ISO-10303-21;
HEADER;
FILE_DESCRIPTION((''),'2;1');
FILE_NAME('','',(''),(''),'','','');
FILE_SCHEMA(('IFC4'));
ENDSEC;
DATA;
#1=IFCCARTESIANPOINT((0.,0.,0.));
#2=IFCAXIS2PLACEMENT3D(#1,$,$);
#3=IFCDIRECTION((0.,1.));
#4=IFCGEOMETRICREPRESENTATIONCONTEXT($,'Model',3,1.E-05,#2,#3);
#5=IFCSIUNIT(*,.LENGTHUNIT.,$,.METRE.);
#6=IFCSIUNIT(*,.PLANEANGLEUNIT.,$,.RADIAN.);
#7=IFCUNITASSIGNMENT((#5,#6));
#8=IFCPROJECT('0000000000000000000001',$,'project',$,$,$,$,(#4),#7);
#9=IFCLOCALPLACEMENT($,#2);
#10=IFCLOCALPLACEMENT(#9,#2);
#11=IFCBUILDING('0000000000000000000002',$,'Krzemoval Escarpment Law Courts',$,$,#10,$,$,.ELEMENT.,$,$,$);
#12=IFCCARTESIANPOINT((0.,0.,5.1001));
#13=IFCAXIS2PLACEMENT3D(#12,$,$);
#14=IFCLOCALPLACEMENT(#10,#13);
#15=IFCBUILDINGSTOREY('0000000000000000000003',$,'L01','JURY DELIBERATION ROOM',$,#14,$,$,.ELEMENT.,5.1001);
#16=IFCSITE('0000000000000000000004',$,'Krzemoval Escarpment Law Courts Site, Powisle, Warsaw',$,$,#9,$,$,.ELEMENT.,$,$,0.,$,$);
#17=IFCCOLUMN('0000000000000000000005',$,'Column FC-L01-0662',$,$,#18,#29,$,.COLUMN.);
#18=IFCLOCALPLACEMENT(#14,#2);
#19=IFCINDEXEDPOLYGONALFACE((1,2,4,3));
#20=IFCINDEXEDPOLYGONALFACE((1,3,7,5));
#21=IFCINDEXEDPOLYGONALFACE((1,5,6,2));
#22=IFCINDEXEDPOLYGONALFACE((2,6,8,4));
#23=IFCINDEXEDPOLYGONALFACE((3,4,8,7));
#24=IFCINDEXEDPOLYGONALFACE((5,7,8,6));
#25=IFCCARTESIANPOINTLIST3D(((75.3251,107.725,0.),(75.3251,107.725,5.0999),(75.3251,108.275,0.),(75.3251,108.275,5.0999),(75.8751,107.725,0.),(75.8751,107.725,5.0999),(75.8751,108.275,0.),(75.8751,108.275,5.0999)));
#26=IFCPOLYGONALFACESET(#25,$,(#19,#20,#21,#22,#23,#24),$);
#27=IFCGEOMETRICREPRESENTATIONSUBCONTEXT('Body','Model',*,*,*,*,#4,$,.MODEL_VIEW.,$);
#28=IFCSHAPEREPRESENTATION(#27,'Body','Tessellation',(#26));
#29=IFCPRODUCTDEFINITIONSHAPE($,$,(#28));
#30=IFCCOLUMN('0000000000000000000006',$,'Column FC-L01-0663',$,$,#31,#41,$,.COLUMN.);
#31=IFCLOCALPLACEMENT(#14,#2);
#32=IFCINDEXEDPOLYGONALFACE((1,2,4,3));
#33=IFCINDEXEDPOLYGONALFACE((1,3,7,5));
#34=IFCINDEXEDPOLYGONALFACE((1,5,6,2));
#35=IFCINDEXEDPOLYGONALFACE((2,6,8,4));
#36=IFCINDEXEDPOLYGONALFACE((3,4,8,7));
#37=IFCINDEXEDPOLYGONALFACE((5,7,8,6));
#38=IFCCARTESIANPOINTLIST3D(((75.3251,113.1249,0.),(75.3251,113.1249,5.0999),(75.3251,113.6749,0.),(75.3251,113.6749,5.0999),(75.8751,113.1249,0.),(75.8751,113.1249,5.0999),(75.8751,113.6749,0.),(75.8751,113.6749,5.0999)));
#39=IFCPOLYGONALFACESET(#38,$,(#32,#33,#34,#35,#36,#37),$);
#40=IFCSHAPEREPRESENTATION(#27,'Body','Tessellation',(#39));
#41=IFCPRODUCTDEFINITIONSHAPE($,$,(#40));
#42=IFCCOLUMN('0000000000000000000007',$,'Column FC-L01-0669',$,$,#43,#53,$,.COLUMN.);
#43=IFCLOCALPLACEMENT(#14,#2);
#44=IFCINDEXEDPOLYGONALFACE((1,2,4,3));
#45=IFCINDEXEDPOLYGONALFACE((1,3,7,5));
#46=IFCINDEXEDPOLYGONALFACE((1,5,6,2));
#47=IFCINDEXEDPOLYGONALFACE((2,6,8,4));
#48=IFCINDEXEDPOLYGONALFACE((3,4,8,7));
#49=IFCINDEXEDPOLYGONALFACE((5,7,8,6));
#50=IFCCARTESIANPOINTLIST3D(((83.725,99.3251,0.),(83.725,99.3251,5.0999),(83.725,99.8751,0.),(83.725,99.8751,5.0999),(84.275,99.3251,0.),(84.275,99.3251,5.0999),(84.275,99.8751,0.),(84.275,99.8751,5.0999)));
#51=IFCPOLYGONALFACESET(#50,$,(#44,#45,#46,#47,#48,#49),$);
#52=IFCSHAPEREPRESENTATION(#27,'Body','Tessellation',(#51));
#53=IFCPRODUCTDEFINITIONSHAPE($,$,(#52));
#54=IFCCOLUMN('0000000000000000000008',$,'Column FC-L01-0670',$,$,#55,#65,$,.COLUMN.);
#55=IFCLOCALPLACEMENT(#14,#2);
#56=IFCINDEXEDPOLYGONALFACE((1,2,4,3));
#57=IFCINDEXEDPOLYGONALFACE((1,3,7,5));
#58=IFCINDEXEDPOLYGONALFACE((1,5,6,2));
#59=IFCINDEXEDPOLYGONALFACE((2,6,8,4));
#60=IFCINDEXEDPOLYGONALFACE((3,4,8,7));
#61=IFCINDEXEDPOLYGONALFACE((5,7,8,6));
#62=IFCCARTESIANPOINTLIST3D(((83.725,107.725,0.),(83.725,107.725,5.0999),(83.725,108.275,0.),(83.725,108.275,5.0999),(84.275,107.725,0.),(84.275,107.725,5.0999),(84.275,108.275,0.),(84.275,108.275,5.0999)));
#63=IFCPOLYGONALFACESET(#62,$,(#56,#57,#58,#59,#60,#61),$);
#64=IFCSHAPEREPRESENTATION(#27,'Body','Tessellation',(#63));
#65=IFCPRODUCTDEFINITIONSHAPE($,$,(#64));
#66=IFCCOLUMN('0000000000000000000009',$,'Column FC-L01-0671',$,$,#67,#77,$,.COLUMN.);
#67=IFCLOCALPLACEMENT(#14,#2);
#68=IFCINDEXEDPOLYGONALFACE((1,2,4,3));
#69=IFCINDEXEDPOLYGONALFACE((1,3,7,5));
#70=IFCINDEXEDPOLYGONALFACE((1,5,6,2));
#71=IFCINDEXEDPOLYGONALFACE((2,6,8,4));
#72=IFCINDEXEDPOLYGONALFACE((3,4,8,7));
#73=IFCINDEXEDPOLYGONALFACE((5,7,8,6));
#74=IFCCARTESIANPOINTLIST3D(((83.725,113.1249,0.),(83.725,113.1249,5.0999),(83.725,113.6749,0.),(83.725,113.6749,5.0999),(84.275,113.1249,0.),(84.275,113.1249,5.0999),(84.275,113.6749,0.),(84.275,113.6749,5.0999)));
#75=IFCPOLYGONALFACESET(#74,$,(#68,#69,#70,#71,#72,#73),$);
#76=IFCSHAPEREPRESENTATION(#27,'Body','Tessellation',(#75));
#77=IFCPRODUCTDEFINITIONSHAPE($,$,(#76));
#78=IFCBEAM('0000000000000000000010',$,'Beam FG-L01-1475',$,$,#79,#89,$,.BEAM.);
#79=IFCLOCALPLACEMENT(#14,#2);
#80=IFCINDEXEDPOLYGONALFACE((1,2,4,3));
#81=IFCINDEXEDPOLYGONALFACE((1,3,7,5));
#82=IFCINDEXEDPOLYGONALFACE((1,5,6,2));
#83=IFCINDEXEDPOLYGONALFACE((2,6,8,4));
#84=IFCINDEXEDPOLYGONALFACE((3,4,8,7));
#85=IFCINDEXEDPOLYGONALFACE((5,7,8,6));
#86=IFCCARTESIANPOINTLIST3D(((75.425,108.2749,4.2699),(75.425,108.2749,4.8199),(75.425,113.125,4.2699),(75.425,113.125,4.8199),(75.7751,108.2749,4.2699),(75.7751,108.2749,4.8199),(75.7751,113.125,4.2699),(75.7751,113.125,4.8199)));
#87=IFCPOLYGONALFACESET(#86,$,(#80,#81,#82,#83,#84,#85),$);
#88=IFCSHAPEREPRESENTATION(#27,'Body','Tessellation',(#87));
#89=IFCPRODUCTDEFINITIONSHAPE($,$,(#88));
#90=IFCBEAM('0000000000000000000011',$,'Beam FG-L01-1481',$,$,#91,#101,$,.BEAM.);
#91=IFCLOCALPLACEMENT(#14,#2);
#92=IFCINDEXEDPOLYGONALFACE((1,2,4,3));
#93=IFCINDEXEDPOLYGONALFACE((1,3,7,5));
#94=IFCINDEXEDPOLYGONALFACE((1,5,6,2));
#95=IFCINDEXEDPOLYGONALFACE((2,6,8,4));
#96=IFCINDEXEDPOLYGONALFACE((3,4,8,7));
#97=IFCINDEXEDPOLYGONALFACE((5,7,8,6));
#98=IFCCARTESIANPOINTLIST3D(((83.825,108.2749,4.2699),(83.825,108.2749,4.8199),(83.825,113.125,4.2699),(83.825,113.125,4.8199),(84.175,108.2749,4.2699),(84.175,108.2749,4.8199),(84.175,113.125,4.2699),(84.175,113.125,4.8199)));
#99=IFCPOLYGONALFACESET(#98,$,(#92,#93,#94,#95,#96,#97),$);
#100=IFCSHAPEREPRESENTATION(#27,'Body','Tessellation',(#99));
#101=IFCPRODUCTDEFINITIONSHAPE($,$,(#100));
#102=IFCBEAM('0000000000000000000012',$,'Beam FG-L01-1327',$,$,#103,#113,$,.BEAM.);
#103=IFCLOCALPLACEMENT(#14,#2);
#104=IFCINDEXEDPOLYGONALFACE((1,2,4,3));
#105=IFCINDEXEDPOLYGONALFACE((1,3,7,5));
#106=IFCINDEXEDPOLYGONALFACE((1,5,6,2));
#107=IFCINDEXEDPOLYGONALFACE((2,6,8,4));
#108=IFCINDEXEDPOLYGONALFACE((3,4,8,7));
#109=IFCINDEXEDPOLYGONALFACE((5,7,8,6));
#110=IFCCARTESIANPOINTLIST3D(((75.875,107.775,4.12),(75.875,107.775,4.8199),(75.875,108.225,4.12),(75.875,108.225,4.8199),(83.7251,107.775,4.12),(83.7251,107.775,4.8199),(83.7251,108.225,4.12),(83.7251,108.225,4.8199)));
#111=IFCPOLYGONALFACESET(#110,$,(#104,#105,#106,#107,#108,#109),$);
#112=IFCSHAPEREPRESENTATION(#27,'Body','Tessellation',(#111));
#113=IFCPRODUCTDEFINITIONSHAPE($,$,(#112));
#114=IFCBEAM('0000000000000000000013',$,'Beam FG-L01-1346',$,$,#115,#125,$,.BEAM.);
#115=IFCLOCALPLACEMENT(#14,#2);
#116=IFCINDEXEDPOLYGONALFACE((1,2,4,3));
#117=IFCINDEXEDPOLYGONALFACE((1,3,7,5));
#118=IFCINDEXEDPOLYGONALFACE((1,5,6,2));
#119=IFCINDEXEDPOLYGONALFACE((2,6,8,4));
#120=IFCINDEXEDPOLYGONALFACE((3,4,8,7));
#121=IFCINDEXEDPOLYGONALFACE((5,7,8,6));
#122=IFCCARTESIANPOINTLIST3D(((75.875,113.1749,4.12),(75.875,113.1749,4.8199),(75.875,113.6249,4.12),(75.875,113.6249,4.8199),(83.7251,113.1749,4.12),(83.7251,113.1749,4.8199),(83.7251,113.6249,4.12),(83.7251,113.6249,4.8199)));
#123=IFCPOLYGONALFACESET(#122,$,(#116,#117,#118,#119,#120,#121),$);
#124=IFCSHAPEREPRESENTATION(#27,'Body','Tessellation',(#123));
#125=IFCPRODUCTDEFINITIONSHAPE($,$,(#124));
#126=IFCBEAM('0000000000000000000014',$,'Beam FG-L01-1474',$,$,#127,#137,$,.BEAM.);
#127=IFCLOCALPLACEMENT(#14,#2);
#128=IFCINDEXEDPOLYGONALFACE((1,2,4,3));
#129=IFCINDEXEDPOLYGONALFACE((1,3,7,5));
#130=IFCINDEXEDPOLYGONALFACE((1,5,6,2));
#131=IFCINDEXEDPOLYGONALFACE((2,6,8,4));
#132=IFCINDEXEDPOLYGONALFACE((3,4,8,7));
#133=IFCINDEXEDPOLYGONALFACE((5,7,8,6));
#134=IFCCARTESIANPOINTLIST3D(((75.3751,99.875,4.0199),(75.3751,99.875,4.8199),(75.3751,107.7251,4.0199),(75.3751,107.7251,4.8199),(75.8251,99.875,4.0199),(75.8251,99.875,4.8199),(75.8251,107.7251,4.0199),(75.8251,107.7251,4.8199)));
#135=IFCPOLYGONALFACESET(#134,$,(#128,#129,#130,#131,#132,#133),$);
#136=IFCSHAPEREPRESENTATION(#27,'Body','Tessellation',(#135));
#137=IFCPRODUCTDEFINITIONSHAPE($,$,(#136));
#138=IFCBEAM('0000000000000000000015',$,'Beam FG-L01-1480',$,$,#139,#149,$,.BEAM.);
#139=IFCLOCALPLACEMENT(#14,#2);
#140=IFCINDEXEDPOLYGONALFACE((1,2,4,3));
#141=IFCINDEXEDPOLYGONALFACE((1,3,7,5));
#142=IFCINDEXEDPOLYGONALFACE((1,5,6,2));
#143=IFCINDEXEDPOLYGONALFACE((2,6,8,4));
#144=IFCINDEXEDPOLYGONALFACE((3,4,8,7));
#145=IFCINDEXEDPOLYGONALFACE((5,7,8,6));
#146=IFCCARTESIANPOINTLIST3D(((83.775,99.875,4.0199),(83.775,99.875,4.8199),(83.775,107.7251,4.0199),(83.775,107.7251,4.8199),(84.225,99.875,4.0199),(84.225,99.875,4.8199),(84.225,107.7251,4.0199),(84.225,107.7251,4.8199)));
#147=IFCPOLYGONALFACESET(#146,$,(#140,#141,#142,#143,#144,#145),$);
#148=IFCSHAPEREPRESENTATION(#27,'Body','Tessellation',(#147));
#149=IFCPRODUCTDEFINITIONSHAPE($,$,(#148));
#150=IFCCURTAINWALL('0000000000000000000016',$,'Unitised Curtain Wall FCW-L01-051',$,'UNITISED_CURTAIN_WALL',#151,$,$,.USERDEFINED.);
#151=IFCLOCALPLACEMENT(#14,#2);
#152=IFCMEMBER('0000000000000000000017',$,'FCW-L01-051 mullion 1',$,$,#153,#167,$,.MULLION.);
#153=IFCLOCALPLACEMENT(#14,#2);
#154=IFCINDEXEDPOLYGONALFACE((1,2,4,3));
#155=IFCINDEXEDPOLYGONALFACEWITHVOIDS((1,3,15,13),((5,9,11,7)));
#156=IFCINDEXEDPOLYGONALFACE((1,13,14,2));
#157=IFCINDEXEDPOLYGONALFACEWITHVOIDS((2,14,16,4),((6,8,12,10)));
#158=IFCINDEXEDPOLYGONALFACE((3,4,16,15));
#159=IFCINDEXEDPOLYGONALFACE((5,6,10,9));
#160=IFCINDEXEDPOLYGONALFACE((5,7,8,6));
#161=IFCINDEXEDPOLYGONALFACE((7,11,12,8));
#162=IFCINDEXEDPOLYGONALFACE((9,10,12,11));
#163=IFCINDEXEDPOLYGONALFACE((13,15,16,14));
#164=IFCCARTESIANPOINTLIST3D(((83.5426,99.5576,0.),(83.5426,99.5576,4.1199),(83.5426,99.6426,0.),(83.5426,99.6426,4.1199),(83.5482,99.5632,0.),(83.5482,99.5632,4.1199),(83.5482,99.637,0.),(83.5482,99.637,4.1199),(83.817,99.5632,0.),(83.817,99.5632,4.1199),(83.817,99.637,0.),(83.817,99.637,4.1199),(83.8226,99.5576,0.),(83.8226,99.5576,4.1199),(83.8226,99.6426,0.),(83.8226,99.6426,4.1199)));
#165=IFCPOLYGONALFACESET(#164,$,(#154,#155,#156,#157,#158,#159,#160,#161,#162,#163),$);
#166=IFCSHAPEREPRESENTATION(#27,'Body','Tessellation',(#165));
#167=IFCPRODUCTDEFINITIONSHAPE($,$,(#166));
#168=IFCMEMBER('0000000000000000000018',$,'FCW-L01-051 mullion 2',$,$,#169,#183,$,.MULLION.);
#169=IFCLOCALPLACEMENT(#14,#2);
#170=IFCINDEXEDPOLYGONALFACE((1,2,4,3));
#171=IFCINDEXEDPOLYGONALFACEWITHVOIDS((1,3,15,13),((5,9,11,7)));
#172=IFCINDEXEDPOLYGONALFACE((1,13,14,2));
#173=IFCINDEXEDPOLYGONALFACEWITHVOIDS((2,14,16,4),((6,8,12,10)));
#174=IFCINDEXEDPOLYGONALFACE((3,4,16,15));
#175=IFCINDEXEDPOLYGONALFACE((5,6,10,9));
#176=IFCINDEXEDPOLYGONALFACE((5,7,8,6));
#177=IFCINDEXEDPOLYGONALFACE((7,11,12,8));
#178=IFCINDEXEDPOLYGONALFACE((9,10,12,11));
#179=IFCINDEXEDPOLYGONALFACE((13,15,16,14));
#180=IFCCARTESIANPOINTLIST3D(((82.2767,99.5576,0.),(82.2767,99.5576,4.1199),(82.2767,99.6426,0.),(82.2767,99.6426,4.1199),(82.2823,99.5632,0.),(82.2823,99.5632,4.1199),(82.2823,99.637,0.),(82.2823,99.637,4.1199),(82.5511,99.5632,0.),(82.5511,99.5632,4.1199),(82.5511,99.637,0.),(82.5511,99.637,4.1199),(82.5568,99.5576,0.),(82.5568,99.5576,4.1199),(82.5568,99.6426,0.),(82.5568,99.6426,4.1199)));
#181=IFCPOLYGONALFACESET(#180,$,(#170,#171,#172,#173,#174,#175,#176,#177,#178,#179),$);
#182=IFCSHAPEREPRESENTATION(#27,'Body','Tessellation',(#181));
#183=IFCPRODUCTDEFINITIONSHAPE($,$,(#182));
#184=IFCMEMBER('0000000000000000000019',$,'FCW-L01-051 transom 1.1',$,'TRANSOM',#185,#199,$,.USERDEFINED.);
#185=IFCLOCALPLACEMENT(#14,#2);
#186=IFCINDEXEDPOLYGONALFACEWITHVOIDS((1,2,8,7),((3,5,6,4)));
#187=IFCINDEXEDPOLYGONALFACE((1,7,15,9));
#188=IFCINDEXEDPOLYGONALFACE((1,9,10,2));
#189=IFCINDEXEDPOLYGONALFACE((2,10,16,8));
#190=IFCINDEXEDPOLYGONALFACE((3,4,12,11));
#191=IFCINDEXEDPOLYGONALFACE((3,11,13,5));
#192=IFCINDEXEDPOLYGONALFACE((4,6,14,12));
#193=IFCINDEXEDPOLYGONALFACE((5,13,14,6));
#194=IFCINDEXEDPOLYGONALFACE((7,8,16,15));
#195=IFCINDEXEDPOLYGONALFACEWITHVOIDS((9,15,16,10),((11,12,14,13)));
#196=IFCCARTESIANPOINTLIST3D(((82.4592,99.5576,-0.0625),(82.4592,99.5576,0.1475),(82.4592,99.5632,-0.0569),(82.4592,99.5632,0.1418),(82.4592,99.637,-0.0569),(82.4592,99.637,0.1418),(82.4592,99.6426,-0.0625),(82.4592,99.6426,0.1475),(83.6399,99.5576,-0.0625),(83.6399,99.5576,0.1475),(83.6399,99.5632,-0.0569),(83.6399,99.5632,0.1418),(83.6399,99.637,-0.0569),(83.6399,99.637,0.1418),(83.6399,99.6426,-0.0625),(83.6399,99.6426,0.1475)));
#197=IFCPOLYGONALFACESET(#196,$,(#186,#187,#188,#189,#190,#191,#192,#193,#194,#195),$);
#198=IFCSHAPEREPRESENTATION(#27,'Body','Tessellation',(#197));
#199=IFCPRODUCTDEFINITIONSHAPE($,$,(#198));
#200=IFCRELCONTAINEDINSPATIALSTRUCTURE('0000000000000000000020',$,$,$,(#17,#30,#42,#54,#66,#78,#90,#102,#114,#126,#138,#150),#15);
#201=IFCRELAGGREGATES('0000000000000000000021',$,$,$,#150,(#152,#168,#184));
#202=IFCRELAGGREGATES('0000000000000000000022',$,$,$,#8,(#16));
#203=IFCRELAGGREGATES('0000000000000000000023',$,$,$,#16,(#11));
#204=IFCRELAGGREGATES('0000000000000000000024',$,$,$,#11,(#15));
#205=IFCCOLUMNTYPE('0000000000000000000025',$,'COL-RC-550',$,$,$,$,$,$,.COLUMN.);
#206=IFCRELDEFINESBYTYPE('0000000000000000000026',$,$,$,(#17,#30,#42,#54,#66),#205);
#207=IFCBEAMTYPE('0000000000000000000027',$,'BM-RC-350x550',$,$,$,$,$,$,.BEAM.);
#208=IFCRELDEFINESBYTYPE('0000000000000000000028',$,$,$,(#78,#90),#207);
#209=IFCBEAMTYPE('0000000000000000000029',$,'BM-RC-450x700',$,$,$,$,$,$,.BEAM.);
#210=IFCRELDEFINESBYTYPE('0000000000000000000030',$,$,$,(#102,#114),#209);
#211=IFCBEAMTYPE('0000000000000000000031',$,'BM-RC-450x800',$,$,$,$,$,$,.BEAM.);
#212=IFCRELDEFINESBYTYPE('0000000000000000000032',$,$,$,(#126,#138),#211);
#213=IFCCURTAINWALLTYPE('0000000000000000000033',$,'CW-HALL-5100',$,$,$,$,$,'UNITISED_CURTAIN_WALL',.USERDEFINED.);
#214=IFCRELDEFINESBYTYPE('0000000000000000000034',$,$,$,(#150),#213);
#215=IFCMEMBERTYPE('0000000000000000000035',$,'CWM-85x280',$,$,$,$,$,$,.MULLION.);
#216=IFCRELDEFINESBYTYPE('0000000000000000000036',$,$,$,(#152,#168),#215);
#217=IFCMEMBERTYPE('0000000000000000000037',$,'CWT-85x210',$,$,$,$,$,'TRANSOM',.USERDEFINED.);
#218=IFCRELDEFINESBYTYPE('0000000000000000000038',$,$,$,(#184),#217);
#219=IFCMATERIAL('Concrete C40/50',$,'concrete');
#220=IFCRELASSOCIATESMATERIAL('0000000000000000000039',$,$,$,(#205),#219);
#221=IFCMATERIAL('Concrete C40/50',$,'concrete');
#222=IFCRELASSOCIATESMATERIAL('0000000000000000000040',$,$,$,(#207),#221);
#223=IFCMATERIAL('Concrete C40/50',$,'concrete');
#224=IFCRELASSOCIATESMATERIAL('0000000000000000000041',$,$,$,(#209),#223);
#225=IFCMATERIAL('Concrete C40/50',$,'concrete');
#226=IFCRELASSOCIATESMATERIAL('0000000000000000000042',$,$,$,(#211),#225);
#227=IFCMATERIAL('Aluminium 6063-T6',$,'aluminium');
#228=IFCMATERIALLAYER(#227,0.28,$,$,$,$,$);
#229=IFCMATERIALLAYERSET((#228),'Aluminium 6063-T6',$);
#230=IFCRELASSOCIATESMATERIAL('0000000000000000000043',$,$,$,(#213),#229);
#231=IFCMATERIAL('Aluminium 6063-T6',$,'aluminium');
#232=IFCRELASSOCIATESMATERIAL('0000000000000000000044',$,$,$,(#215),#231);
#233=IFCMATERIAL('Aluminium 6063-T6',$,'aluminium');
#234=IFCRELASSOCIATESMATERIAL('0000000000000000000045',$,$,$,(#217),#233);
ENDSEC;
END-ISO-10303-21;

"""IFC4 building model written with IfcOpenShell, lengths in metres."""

from ifc_helpers import new_model, si_unit, direction, frame, origin, origin_2d, place, context, subcontext, project, spatial, rectangle, hollow_rectangle, extrude, material, layer, layer_set, material_profile, profile_set, type_object, element, aggregate, save


model = new_model("IFC4")

# Units and contexts
model_context = context("Model", 3, precision=1e-05, world=origin(), true_north=direction((0.0, 1.0)))
body_context = subcontext(model_context, "Body", "Model", "MODEL_VIEW")
ifc_project = project(units=[si_unit("LENGTHUNIT", "METRE"), si_unit("PLANEANGLEUNIT", "RADIAN")], contexts=[model_context])

# Site, building, storey
site_placement = place(None, origin())
site = spatial("IfcSite", under=ifc_project, at=site_placement, Name="Krzemoval Escarpment Law Courts Site, Powisle, Warsaw", CompositionType="ELEMENT", RefElevation=0.0)
building_placement = place(site_placement, origin())
building = spatial("IfcBuilding", under=site, at=building_placement, Name="Krzemoval Escarpment Law Courts", CompositionType="ELEMENT")
storey_placement = place(building_placement, frame((0.0, 0.0, 5.1001)))
storey = spatial("IfcBuildingStorey", under=building, at=storey_placement, Name="L01", Description="JURY DELIBERATION ROOM", CompositionType="ELEMENT", Elevation=5.1001)

# Columns
ifc_material_1 = material(Name="Concrete C40/50", Category="concrete")
ifc_material_profile_1 = material_profile(ifc_material_1, rectangle(XDim=0.55, YDim=0.55, at=origin_2d()), Name="RC 550x550")
ifc_profile_set_1 = profile_set([ifc_material_profile_1], Name="Concrete C40/50")
column_type = type_object("IfcColumnType", Name="COL-RC-550", PredefinedType="COLUMN", material=ifc_profile_set_1)
for number, where, z_axis, x_axis, name in (
    (1, (75.6001, 108.0, 0.0), (0.0, 0.0, 1.0), (1.0, 0.0, 0.0), "Column FC-L01-0662"),
    (2, (75.6001, 113.3999, 0.0), (0.0, 0.0, 1.0), (1.0, 0.0, 0.0), "Column FC-L01-0663"),
    (3, (84.0, 99.6001, 0.0), (0.0, 0.0, 1.0), (1.0, 0.0, 0.0), "Column FC-L01-0669"),
    (4, (84.0, 108.0, 0.0), (0.0, 0.0, 1.0), (1.0, 0.0, 0.0), "Column FC-L01-0670"),
    (5, (84.0, 113.3999, 0.0), (0.0, 0.0, 1.0), (1.0, 0.0, 0.0), "Column FC-L01-0671"),
):
    element("IfcColumn", number, at=place(storey_placement, frame(where, z_axis=z_axis, x_axis=x_axis)), inside=storey, type_object=column_type, Name=name, PredefinedType="COLUMN", context=body_context, shape_type="SweptSolid", body=[
        extrude(rectangle(XDim=0.55, YDim=0.55, at=origin_2d()), origin(), (0.0, 0.0, 1.0), 5.0999),
    ])

# Beams
ifc_material_2 = material(Name="Concrete C40/50", Category="concrete")
ifc_material_profile_2 = material_profile(ifc_material_2, rectangle(XDim=0.3501, YDim=0.55, at=origin_2d()), Name="RCB 350x550")
ifc_profile_set_2 = profile_set([ifc_material_profile_2], Name="Concrete C40/50")
beam_type_1 = type_object("IfcBeamType", Name="BM-RC-350x550", PredefinedType="BEAM", material=ifc_profile_set_2)
for number, where, z_axis, x_axis, name in (
    (6, (75.6001, 108.2749, 4.5449), (0.0, 1.0, 0.0), (-1.0, 0.0, 0.0), "Beam FG-L01-1475"),
    (7, (84.0, 108.2749, 4.5449), (0.0, 1.0, 0.0), (-1.0, 0.0, 0.0), "Beam FG-L01-1481"),
):
    element("IfcBeam", number, at=place(storey_placement, frame(where, z_axis=z_axis, x_axis=x_axis)), inside=storey, type_object=beam_type_1, Name=name, PredefinedType="BEAM", context=body_context, shape_type="SweptSolid", body=[
        extrude(rectangle(XDim=0.3501, YDim=0.55, at=origin_2d()), origin(), (0.0, 0.0, 1.0), 4.8501),
    ])
ifc_material_3 = material(Name="Concrete C40/50", Category="concrete")
ifc_material_profile_3 = material_profile(ifc_material_3, rectangle(XDim=0.45, YDim=0.7, at=origin_2d()), Name="RCB 450x700")
ifc_profile_set_3 = profile_set([ifc_material_profile_3], Name="Concrete C40/50")
beam_type_2 = type_object("IfcBeamType", Name="BM-RC-450x700", PredefinedType="BEAM", material=ifc_profile_set_3)
for number, where, z_axis, x_axis, name in (
    (8, (75.875, 108.0, 4.47), (1.0, 0.0, 0.0), (0.0, 1.0, 0.0), "Beam FG-L01-1327"),
    (9, (75.875, 113.3999, 4.47), (1.0, 0.0, 0.0), (0.0, 1.0, 0.0), "Beam FG-L01-1346"),
):
    element("IfcBeam", number, at=place(storey_placement, frame(where, z_axis=z_axis, x_axis=x_axis)), inside=storey, type_object=beam_type_2, Name=name, PredefinedType="BEAM", context=body_context, shape_type="SweptSolid", body=[
        extrude(rectangle(XDim=0.45, YDim=0.7, at=origin_2d()), origin(), (0.0, 0.0, 1.0), 7.8501),
    ])
ifc_material_4 = material(Name="Concrete C40/50", Category="concrete")
ifc_material_profile_4 = material_profile(ifc_material_4, rectangle(XDim=0.45, YDim=0.8, at=origin_2d()), Name="RCB 450x800")
ifc_profile_set_4 = profile_set([ifc_material_profile_4], Name="Concrete C40/50")
beam_type_3 = type_object("IfcBeamType", Name="BM-RC-450x800", PredefinedType="BEAM", material=ifc_profile_set_4)
for number, where, z_axis, x_axis, name in (
    (10, (75.6001, 99.875, 4.4199), (0.0, 1.0, 0.0), (-1.0, 0.0, 0.0), "Beam FG-L01-1474"),
    (11, (84.0, 99.875, 4.4199), (0.0, 1.0, 0.0), (-1.0, 0.0, 0.0), "Beam FG-L01-1480"),
):
    element("IfcBeam", number, at=place(storey_placement, frame(where, z_axis=z_axis, x_axis=x_axis)), inside=storey, type_object=beam_type_3, Name=name, PredefinedType="BEAM", context=body_context, shape_type="SweptSolid", body=[
        extrude(rectangle(XDim=0.45, YDim=0.8, at=origin_2d()), origin(), (0.0, 0.0, 1.0), 7.8501),
    ])

# Curtain wall, members
ifc_material_5 = material(Name="Aluminium 6063-T6", Category="aluminium")
ifc_layer_1 = layer(ifc_material_5, 0.28)
ifc_layer_set_1 = layer_set([ifc_layer_1], Name="Aluminium 6063-T6")
curtain_wall_type = type_object("IfcCurtainWallType", Name="CW-HALL-5100", ElementType="UNITISED_CURTAIN_WALL", PredefinedType="USERDEFINED", material=ifc_layer_set_1)
curtain_wall_placement = place(storey_placement, origin())
curtain_wall = element("IfcCurtainWall", 12, at=curtain_wall_placement, inside=storey, type_object=curtain_wall_type, Name="Unitised Curtain Wall FCW-L01-051", ObjectType="UNITISED_CURTAIN_WALL", PredefinedType="USERDEFINED")
ifc_material_6 = material(Name="Aluminium 6063-T6", Category="aluminium")
ifc_material_profile_5 = material_profile(ifc_material_6, hollow_rectangle(XDim=0.085, YDim=0.28, WallThickness=0.0056, at=origin_2d()), Name="ALU M85x280")
ifc_profile_set_5 = profile_set([ifc_material_profile_5], Name="Aluminium 6063-T6")
member_type_1 = type_object("IfcMemberType", Name="CWM-85x280", PredefinedType="MULLION", material=ifc_profile_set_5)
member_1_placement = place(storey_placement, frame((83.6826, 99.6001, 0.0), z_axis=(0.0, 0.0, 1.0), x_axis=(0.0, -1.0, 0.0)))
member_1 = element("IfcMember", 13, at=member_1_placement, type_object=member_type_1, Name="FCW-L01-051 mullion 1", PredefinedType="MULLION", context=body_context, shape_type="SweptSolid", body=[
    extrude(hollow_rectangle(XDim=0.085, YDim=0.28, WallThickness=0.0056, at=origin_2d()), origin(), (0.0, 0.0, 1.0), 4.1199),
])
member_2_placement = place(storey_placement, frame((82.4167, 99.6001, 0.0), z_axis=(0.0, 0.0, 1.0), x_axis=(0.0, -1.0, 0.0)))
member_2 = element("IfcMember", 14, at=member_2_placement, type_object=member_type_1, Name="FCW-L01-051 mullion 2", PredefinedType="MULLION", context=body_context, shape_type="SweptSolid", body=[
    extrude(hollow_rectangle(XDim=0.085, YDim=0.28, WallThickness=0.0056, at=origin_2d()), origin(), (0.0, 0.0, 1.0), 4.1199),
])
ifc_material_7 = material(Name="Aluminium 6063-T6", Category="aluminium")
ifc_material_profile_6 = material_profile(ifc_material_7, hollow_rectangle(XDim=0.085, YDim=0.21, WallThickness=0.0056, at=origin_2d()), Name="ALU T85x210")
ifc_profile_set_6 = profile_set([ifc_material_profile_6], Name="Aluminium 6063-T6")
member_type_2 = type_object("IfcMemberType", Name="CWT-85x210", ElementType="TRANSOM", PredefinedType="USERDEFINED", material=ifc_profile_set_6)
member_3_placement = place(storey_placement, frame((83.6399, 99.6001, 0.0425), z_axis=(-1.0, 0.0, 0.0), x_axis=(0.0, -1.0, 0.0)))
member_3 = element("IfcMember", 15, at=member_3_placement, type_object=member_type_2, Name="FCW-L01-051 transom 1.1", ObjectType="TRANSOM", PredefinedType="USERDEFINED", context=body_context, shape_type="SweptSolid", body=[
    extrude(hollow_rectangle(XDim=0.085, YDim=0.21, WallThickness=0.0056, at=origin_2d()), origin(), (0.0, 0.0, 1.0), 1.1807),
])

aggregate(curtain_wall, [member_1, member_2, member_3])

save(model, "model.ifc")
